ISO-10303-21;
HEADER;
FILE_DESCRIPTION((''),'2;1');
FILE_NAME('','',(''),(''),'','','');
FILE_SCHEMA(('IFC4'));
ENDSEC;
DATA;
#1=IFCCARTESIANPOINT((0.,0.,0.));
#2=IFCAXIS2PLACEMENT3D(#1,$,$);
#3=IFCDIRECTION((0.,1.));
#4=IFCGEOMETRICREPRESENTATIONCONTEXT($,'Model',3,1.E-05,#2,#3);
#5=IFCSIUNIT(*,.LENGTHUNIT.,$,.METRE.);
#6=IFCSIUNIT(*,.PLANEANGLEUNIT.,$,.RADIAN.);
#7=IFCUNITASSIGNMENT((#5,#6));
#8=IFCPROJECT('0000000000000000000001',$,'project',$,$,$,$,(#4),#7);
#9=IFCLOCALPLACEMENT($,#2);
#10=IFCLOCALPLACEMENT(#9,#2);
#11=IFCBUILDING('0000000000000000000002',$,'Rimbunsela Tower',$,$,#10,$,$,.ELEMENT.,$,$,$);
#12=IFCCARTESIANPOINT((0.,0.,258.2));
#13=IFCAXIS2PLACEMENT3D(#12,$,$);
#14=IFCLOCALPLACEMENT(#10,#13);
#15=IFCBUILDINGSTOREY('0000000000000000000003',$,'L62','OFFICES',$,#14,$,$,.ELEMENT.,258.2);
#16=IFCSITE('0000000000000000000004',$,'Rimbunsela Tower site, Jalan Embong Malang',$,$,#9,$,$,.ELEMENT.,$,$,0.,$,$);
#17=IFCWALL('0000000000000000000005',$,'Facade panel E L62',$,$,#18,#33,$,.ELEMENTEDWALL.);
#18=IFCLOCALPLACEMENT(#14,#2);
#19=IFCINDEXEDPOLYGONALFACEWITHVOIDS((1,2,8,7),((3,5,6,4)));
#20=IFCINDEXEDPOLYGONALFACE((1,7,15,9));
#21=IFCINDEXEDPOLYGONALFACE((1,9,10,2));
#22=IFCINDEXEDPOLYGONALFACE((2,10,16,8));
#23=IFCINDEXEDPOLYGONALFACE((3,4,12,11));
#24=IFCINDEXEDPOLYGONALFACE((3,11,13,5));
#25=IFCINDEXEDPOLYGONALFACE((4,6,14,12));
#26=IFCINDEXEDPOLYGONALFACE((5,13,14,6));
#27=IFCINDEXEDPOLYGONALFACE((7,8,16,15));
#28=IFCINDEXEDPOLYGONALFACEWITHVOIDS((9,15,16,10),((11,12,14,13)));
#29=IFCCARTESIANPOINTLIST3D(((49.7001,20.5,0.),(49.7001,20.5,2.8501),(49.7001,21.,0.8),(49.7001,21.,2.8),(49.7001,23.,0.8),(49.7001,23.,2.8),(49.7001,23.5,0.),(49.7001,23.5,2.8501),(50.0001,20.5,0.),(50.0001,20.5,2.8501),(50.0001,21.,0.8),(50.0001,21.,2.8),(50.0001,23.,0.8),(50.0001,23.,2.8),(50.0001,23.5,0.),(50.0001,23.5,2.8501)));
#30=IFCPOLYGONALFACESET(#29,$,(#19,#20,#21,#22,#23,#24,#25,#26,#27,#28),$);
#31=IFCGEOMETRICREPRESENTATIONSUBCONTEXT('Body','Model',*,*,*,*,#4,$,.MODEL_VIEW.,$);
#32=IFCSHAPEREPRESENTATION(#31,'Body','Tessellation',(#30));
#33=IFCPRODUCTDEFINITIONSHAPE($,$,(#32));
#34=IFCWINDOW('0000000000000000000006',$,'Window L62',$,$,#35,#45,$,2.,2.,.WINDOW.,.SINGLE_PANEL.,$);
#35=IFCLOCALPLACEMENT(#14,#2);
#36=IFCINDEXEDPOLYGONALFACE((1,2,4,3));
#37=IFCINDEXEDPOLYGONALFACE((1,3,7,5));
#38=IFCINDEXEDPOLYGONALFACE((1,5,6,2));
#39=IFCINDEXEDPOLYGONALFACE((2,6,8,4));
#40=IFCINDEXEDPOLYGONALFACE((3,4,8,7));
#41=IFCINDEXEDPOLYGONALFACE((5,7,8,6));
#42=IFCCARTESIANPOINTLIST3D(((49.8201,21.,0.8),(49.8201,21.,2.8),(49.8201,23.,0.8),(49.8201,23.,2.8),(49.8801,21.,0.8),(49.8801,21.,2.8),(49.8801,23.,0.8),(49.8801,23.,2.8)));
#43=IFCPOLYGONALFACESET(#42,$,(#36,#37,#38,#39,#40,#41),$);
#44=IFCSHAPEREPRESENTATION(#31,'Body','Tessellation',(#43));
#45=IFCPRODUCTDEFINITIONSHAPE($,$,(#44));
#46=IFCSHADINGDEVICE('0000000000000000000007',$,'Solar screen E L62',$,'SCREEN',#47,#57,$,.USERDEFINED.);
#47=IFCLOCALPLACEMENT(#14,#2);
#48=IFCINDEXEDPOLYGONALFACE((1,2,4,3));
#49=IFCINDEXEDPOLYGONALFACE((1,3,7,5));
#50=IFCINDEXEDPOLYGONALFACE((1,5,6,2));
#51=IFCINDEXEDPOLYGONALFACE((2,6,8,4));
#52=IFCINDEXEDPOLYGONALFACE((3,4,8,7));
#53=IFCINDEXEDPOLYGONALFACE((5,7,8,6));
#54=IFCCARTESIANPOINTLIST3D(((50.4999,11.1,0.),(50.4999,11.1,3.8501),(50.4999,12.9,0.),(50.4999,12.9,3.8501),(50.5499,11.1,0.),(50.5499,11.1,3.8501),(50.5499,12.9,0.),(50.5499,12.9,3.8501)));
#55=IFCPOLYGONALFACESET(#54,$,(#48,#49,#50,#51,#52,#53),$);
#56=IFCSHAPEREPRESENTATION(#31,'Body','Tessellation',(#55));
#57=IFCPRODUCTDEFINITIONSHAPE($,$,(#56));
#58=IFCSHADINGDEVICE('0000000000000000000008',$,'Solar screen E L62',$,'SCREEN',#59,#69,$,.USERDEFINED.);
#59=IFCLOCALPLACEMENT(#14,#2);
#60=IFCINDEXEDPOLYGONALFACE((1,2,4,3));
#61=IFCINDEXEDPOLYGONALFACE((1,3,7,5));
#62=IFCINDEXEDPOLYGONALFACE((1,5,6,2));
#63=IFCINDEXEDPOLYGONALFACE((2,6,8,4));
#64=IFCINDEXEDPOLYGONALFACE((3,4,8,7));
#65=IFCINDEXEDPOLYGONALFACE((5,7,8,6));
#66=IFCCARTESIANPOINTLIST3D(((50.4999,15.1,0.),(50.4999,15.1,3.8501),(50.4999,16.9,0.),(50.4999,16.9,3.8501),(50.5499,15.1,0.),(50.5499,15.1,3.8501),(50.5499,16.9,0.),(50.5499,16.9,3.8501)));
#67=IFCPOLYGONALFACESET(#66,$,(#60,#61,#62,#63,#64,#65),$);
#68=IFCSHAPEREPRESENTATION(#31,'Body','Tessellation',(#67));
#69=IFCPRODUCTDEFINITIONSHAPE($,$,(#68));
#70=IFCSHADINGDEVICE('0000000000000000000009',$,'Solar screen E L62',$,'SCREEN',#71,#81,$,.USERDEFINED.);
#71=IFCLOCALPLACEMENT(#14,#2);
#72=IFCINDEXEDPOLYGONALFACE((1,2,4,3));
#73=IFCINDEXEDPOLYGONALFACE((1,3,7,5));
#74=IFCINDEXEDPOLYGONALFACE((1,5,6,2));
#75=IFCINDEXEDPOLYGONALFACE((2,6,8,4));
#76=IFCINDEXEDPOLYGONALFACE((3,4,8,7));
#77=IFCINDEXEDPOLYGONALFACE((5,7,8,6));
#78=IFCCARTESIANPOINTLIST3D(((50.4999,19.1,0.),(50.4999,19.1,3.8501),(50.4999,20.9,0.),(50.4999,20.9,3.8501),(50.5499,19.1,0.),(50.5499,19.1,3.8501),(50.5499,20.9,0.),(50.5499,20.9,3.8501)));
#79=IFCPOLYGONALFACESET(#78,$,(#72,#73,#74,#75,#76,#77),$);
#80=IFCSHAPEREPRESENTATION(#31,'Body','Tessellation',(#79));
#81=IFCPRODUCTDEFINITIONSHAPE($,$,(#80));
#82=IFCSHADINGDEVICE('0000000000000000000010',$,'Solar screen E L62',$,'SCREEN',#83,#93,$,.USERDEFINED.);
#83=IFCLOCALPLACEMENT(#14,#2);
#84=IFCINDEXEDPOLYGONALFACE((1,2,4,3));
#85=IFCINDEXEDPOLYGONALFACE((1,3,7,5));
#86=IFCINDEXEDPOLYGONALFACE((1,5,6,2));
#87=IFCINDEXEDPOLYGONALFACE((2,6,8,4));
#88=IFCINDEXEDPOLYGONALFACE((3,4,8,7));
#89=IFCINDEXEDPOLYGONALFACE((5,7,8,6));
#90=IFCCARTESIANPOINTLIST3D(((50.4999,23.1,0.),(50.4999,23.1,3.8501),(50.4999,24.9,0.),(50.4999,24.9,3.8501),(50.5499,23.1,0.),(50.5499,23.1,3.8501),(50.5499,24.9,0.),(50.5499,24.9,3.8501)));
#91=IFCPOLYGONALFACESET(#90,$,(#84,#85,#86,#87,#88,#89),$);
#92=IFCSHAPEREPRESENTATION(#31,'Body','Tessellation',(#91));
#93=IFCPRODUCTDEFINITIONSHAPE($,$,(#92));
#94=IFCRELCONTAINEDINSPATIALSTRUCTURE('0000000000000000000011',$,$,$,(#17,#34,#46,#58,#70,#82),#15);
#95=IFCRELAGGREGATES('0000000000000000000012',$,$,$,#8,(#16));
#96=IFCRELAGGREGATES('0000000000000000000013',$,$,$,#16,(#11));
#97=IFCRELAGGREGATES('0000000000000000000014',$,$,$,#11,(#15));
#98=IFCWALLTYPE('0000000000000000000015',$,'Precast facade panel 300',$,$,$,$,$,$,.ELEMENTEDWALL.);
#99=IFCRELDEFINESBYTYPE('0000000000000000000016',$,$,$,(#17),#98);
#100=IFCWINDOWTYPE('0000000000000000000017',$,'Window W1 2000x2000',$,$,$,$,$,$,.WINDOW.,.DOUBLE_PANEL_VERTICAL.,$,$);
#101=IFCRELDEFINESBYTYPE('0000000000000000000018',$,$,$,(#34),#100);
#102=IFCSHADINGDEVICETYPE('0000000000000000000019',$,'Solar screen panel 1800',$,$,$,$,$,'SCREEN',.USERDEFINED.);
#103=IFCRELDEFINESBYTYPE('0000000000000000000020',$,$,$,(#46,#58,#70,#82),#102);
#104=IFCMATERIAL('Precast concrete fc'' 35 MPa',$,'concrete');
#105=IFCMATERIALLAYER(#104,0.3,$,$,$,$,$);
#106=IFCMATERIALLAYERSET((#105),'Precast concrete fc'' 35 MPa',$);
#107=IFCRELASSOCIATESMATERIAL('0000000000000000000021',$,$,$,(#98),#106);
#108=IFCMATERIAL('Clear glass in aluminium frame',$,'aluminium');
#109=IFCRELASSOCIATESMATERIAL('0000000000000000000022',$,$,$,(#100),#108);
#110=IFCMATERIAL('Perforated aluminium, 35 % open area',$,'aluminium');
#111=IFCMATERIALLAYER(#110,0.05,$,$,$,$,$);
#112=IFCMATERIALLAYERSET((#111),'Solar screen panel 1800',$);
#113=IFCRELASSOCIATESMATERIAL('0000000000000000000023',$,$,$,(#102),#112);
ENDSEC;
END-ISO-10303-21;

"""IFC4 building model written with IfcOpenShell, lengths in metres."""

from ifc_helpers import new_model, si_unit, direction, frame, frame_2d, origin, origin_2d, place, context, subcontext, project, spatial, rectangle, extrude, material, layer, layer_set, type_object, element, fill, save


model = new_model("IFC4")

# Units and contexts
model_context = context("Model", 3, precision=1e-05, world=origin(), true_north=direction((0.0, 1.0)))
body_context = subcontext(model_context, "Body", "Model", "MODEL_VIEW")
ifc_project = project(units=[si_unit("LENGTHUNIT", "METRE"), si_unit("PLANEANGLEUNIT", "RADIAN")], contexts=[model_context])

# Site, building, storey
site_placement = place(None, origin())
site = spatial("IfcSite", under=ifc_project, at=site_placement, Name="Rimbunsela Tower site, Jalan Embong Malang", CompositionType="ELEMENT", RefElevation=0.0)
building_placement = place(site_placement, origin())
building = spatial("IfcBuilding", under=site, at=building_placement, Name="Rimbunsela Tower", CompositionType="ELEMENT")
storey_placement = place(building_placement, frame((0.0, 0.0, 258.2)))
storey = spatial("IfcBuildingStorey", under=building, at=storey_placement, Name="L62", Description="OFFICES", CompositionType="ELEMENT", Elevation=258.2)

# Wall, opening, window
ifc_material_1 = material(Name="Precast concrete fc' 35 MPa", Category="concrete")
ifc_layer_1 = layer(ifc_material_1, 0.3)
ifc_layer_set_1 = layer_set([ifc_layer_1], Name="Precast concrete fc' 35 MPa")
wall_type_1 = type_object("IfcWallType", Name="Precast facade panel 300", PredefinedType="ELEMENTEDWALL", material=ifc_layer_set_1)
ifc_material_2 = material(Name="Clear glass in aluminium frame", Category="aluminium")
window_type = type_object("IfcWindowType", Name="Window W1 2000x2000", PartitioningType="DOUBLE_PANEL_VERTICAL", PredefinedType="WINDOW", material=ifc_material_2)
wall_1_placement = place(storey_placement, frame((49.8501, 20.5, 0.0), z_axis=(0.0, 0.0, 1.0), x_axis=(0.0, 1.0, 0.0)))
wall_1 = element("IfcWall", 1, at=wall_1_placement, inside=storey, type_object=wall_type_1, Name="Facade panel E L62", PredefinedType="ELEMENTEDWALL", context=body_context, shape_type="SweptSolid", body=[
    extrude(rectangle(XDim=3.0, YDim=0.3, at=frame_2d((1.5, 0.0))), origin(), (0.0, 0.0, 1.0), 2.8501),
])
opening_1_placement = place(wall_1_placement, frame((0.5, 0.0, 0.8)))
opening_1 = element("IfcOpeningElement", 2, at=opening_1_placement, cuts=wall_1, PredefinedType="OPENING", context=body_context, shape_type="SweptSolid", body=[
    extrude(rectangle(XDim=2.0, YDim=2.0, at=frame_2d((1.0, 1.0))), frame((0.0, 0.1599, 0.0), z_axis=(0.0, -1.0, 0.0), x_axis=(1.0, 0.0, 0.0)), (0.0, 0.0, 1.0), 0.3201),
])
window_1_placement = place(opening_1_placement, origin())
window_1 = element("IfcWindow", 3, at=window_1_placement, inside=storey, type_object=window_type, Name="Window L62", OverallHeight=2.0, OverallWidth=2.0, PartitioningType="SINGLE_PANEL", PredefinedType="WINDOW", context=body_context, shape_type="SweptSolid", body=[
    extrude(rectangle(XDim=2.0, YDim=2.0, at=frame_2d((1.0, 1.0))), frame((0.0, 0.03, 0.0), z_axis=(0.0, -1.0, 0.0), x_axis=(1.0, 0.0, 0.0)), (0.0, 0.0, 1.0), 0.0601),
])
fill(opening_1, window_1)

# Shading devices
ifc_material_3 = material(Name="Perforated aluminium, 35 % open area", Category="aluminium")
ifc_layer_2 = layer(ifc_material_3, 0.05)
ifc_layer_set_2 = layer_set([ifc_layer_2], Name="Solar screen panel 1800")
shading_device_type = type_object("IfcShadingDeviceType", Name="Solar screen panel 1800", ElementType="SCREEN", PredefinedType="USERDEFINED", material=ifc_layer_set_2)
for number, where, z_axis, x_axis, name in (
    (4, (50.5249, 12.0, 0.0), (0.0, 0.0, 1.0), (0.0, 1.0, 0.0), "Solar screen E L62"),
    (5, (50.5249, 16.0, 0.0), (0.0, 0.0, 1.0), (0.0, 1.0, 0.0), "Solar screen E L62"),
    (6, (50.5249, 20.0, 0.0), (0.0, 0.0, 1.0), (0.0, 1.0, 0.0), "Solar screen E L62"),
    (7, (50.5249, 24.0, 0.0), (0.0, 0.0, 1.0), (0.0, 1.0, 0.0), "Solar screen E L62"),
):
    element("IfcShadingDevice", number, at=place(storey_placement, frame(where, z_axis=z_axis, x_axis=x_axis)), inside=storey, type_object=shading_device_type, Name=name, ObjectType="SCREEN", PredefinedType="USERDEFINED", context=body_context, shape_type="SweptSolid", body=[
        extrude(rectangle(XDim=1.8, YDim=0.05, at=origin_2d()), origin(), (0.0, 0.0, 1.0), 3.8501),
    ])

save(model, "model.ifc")
